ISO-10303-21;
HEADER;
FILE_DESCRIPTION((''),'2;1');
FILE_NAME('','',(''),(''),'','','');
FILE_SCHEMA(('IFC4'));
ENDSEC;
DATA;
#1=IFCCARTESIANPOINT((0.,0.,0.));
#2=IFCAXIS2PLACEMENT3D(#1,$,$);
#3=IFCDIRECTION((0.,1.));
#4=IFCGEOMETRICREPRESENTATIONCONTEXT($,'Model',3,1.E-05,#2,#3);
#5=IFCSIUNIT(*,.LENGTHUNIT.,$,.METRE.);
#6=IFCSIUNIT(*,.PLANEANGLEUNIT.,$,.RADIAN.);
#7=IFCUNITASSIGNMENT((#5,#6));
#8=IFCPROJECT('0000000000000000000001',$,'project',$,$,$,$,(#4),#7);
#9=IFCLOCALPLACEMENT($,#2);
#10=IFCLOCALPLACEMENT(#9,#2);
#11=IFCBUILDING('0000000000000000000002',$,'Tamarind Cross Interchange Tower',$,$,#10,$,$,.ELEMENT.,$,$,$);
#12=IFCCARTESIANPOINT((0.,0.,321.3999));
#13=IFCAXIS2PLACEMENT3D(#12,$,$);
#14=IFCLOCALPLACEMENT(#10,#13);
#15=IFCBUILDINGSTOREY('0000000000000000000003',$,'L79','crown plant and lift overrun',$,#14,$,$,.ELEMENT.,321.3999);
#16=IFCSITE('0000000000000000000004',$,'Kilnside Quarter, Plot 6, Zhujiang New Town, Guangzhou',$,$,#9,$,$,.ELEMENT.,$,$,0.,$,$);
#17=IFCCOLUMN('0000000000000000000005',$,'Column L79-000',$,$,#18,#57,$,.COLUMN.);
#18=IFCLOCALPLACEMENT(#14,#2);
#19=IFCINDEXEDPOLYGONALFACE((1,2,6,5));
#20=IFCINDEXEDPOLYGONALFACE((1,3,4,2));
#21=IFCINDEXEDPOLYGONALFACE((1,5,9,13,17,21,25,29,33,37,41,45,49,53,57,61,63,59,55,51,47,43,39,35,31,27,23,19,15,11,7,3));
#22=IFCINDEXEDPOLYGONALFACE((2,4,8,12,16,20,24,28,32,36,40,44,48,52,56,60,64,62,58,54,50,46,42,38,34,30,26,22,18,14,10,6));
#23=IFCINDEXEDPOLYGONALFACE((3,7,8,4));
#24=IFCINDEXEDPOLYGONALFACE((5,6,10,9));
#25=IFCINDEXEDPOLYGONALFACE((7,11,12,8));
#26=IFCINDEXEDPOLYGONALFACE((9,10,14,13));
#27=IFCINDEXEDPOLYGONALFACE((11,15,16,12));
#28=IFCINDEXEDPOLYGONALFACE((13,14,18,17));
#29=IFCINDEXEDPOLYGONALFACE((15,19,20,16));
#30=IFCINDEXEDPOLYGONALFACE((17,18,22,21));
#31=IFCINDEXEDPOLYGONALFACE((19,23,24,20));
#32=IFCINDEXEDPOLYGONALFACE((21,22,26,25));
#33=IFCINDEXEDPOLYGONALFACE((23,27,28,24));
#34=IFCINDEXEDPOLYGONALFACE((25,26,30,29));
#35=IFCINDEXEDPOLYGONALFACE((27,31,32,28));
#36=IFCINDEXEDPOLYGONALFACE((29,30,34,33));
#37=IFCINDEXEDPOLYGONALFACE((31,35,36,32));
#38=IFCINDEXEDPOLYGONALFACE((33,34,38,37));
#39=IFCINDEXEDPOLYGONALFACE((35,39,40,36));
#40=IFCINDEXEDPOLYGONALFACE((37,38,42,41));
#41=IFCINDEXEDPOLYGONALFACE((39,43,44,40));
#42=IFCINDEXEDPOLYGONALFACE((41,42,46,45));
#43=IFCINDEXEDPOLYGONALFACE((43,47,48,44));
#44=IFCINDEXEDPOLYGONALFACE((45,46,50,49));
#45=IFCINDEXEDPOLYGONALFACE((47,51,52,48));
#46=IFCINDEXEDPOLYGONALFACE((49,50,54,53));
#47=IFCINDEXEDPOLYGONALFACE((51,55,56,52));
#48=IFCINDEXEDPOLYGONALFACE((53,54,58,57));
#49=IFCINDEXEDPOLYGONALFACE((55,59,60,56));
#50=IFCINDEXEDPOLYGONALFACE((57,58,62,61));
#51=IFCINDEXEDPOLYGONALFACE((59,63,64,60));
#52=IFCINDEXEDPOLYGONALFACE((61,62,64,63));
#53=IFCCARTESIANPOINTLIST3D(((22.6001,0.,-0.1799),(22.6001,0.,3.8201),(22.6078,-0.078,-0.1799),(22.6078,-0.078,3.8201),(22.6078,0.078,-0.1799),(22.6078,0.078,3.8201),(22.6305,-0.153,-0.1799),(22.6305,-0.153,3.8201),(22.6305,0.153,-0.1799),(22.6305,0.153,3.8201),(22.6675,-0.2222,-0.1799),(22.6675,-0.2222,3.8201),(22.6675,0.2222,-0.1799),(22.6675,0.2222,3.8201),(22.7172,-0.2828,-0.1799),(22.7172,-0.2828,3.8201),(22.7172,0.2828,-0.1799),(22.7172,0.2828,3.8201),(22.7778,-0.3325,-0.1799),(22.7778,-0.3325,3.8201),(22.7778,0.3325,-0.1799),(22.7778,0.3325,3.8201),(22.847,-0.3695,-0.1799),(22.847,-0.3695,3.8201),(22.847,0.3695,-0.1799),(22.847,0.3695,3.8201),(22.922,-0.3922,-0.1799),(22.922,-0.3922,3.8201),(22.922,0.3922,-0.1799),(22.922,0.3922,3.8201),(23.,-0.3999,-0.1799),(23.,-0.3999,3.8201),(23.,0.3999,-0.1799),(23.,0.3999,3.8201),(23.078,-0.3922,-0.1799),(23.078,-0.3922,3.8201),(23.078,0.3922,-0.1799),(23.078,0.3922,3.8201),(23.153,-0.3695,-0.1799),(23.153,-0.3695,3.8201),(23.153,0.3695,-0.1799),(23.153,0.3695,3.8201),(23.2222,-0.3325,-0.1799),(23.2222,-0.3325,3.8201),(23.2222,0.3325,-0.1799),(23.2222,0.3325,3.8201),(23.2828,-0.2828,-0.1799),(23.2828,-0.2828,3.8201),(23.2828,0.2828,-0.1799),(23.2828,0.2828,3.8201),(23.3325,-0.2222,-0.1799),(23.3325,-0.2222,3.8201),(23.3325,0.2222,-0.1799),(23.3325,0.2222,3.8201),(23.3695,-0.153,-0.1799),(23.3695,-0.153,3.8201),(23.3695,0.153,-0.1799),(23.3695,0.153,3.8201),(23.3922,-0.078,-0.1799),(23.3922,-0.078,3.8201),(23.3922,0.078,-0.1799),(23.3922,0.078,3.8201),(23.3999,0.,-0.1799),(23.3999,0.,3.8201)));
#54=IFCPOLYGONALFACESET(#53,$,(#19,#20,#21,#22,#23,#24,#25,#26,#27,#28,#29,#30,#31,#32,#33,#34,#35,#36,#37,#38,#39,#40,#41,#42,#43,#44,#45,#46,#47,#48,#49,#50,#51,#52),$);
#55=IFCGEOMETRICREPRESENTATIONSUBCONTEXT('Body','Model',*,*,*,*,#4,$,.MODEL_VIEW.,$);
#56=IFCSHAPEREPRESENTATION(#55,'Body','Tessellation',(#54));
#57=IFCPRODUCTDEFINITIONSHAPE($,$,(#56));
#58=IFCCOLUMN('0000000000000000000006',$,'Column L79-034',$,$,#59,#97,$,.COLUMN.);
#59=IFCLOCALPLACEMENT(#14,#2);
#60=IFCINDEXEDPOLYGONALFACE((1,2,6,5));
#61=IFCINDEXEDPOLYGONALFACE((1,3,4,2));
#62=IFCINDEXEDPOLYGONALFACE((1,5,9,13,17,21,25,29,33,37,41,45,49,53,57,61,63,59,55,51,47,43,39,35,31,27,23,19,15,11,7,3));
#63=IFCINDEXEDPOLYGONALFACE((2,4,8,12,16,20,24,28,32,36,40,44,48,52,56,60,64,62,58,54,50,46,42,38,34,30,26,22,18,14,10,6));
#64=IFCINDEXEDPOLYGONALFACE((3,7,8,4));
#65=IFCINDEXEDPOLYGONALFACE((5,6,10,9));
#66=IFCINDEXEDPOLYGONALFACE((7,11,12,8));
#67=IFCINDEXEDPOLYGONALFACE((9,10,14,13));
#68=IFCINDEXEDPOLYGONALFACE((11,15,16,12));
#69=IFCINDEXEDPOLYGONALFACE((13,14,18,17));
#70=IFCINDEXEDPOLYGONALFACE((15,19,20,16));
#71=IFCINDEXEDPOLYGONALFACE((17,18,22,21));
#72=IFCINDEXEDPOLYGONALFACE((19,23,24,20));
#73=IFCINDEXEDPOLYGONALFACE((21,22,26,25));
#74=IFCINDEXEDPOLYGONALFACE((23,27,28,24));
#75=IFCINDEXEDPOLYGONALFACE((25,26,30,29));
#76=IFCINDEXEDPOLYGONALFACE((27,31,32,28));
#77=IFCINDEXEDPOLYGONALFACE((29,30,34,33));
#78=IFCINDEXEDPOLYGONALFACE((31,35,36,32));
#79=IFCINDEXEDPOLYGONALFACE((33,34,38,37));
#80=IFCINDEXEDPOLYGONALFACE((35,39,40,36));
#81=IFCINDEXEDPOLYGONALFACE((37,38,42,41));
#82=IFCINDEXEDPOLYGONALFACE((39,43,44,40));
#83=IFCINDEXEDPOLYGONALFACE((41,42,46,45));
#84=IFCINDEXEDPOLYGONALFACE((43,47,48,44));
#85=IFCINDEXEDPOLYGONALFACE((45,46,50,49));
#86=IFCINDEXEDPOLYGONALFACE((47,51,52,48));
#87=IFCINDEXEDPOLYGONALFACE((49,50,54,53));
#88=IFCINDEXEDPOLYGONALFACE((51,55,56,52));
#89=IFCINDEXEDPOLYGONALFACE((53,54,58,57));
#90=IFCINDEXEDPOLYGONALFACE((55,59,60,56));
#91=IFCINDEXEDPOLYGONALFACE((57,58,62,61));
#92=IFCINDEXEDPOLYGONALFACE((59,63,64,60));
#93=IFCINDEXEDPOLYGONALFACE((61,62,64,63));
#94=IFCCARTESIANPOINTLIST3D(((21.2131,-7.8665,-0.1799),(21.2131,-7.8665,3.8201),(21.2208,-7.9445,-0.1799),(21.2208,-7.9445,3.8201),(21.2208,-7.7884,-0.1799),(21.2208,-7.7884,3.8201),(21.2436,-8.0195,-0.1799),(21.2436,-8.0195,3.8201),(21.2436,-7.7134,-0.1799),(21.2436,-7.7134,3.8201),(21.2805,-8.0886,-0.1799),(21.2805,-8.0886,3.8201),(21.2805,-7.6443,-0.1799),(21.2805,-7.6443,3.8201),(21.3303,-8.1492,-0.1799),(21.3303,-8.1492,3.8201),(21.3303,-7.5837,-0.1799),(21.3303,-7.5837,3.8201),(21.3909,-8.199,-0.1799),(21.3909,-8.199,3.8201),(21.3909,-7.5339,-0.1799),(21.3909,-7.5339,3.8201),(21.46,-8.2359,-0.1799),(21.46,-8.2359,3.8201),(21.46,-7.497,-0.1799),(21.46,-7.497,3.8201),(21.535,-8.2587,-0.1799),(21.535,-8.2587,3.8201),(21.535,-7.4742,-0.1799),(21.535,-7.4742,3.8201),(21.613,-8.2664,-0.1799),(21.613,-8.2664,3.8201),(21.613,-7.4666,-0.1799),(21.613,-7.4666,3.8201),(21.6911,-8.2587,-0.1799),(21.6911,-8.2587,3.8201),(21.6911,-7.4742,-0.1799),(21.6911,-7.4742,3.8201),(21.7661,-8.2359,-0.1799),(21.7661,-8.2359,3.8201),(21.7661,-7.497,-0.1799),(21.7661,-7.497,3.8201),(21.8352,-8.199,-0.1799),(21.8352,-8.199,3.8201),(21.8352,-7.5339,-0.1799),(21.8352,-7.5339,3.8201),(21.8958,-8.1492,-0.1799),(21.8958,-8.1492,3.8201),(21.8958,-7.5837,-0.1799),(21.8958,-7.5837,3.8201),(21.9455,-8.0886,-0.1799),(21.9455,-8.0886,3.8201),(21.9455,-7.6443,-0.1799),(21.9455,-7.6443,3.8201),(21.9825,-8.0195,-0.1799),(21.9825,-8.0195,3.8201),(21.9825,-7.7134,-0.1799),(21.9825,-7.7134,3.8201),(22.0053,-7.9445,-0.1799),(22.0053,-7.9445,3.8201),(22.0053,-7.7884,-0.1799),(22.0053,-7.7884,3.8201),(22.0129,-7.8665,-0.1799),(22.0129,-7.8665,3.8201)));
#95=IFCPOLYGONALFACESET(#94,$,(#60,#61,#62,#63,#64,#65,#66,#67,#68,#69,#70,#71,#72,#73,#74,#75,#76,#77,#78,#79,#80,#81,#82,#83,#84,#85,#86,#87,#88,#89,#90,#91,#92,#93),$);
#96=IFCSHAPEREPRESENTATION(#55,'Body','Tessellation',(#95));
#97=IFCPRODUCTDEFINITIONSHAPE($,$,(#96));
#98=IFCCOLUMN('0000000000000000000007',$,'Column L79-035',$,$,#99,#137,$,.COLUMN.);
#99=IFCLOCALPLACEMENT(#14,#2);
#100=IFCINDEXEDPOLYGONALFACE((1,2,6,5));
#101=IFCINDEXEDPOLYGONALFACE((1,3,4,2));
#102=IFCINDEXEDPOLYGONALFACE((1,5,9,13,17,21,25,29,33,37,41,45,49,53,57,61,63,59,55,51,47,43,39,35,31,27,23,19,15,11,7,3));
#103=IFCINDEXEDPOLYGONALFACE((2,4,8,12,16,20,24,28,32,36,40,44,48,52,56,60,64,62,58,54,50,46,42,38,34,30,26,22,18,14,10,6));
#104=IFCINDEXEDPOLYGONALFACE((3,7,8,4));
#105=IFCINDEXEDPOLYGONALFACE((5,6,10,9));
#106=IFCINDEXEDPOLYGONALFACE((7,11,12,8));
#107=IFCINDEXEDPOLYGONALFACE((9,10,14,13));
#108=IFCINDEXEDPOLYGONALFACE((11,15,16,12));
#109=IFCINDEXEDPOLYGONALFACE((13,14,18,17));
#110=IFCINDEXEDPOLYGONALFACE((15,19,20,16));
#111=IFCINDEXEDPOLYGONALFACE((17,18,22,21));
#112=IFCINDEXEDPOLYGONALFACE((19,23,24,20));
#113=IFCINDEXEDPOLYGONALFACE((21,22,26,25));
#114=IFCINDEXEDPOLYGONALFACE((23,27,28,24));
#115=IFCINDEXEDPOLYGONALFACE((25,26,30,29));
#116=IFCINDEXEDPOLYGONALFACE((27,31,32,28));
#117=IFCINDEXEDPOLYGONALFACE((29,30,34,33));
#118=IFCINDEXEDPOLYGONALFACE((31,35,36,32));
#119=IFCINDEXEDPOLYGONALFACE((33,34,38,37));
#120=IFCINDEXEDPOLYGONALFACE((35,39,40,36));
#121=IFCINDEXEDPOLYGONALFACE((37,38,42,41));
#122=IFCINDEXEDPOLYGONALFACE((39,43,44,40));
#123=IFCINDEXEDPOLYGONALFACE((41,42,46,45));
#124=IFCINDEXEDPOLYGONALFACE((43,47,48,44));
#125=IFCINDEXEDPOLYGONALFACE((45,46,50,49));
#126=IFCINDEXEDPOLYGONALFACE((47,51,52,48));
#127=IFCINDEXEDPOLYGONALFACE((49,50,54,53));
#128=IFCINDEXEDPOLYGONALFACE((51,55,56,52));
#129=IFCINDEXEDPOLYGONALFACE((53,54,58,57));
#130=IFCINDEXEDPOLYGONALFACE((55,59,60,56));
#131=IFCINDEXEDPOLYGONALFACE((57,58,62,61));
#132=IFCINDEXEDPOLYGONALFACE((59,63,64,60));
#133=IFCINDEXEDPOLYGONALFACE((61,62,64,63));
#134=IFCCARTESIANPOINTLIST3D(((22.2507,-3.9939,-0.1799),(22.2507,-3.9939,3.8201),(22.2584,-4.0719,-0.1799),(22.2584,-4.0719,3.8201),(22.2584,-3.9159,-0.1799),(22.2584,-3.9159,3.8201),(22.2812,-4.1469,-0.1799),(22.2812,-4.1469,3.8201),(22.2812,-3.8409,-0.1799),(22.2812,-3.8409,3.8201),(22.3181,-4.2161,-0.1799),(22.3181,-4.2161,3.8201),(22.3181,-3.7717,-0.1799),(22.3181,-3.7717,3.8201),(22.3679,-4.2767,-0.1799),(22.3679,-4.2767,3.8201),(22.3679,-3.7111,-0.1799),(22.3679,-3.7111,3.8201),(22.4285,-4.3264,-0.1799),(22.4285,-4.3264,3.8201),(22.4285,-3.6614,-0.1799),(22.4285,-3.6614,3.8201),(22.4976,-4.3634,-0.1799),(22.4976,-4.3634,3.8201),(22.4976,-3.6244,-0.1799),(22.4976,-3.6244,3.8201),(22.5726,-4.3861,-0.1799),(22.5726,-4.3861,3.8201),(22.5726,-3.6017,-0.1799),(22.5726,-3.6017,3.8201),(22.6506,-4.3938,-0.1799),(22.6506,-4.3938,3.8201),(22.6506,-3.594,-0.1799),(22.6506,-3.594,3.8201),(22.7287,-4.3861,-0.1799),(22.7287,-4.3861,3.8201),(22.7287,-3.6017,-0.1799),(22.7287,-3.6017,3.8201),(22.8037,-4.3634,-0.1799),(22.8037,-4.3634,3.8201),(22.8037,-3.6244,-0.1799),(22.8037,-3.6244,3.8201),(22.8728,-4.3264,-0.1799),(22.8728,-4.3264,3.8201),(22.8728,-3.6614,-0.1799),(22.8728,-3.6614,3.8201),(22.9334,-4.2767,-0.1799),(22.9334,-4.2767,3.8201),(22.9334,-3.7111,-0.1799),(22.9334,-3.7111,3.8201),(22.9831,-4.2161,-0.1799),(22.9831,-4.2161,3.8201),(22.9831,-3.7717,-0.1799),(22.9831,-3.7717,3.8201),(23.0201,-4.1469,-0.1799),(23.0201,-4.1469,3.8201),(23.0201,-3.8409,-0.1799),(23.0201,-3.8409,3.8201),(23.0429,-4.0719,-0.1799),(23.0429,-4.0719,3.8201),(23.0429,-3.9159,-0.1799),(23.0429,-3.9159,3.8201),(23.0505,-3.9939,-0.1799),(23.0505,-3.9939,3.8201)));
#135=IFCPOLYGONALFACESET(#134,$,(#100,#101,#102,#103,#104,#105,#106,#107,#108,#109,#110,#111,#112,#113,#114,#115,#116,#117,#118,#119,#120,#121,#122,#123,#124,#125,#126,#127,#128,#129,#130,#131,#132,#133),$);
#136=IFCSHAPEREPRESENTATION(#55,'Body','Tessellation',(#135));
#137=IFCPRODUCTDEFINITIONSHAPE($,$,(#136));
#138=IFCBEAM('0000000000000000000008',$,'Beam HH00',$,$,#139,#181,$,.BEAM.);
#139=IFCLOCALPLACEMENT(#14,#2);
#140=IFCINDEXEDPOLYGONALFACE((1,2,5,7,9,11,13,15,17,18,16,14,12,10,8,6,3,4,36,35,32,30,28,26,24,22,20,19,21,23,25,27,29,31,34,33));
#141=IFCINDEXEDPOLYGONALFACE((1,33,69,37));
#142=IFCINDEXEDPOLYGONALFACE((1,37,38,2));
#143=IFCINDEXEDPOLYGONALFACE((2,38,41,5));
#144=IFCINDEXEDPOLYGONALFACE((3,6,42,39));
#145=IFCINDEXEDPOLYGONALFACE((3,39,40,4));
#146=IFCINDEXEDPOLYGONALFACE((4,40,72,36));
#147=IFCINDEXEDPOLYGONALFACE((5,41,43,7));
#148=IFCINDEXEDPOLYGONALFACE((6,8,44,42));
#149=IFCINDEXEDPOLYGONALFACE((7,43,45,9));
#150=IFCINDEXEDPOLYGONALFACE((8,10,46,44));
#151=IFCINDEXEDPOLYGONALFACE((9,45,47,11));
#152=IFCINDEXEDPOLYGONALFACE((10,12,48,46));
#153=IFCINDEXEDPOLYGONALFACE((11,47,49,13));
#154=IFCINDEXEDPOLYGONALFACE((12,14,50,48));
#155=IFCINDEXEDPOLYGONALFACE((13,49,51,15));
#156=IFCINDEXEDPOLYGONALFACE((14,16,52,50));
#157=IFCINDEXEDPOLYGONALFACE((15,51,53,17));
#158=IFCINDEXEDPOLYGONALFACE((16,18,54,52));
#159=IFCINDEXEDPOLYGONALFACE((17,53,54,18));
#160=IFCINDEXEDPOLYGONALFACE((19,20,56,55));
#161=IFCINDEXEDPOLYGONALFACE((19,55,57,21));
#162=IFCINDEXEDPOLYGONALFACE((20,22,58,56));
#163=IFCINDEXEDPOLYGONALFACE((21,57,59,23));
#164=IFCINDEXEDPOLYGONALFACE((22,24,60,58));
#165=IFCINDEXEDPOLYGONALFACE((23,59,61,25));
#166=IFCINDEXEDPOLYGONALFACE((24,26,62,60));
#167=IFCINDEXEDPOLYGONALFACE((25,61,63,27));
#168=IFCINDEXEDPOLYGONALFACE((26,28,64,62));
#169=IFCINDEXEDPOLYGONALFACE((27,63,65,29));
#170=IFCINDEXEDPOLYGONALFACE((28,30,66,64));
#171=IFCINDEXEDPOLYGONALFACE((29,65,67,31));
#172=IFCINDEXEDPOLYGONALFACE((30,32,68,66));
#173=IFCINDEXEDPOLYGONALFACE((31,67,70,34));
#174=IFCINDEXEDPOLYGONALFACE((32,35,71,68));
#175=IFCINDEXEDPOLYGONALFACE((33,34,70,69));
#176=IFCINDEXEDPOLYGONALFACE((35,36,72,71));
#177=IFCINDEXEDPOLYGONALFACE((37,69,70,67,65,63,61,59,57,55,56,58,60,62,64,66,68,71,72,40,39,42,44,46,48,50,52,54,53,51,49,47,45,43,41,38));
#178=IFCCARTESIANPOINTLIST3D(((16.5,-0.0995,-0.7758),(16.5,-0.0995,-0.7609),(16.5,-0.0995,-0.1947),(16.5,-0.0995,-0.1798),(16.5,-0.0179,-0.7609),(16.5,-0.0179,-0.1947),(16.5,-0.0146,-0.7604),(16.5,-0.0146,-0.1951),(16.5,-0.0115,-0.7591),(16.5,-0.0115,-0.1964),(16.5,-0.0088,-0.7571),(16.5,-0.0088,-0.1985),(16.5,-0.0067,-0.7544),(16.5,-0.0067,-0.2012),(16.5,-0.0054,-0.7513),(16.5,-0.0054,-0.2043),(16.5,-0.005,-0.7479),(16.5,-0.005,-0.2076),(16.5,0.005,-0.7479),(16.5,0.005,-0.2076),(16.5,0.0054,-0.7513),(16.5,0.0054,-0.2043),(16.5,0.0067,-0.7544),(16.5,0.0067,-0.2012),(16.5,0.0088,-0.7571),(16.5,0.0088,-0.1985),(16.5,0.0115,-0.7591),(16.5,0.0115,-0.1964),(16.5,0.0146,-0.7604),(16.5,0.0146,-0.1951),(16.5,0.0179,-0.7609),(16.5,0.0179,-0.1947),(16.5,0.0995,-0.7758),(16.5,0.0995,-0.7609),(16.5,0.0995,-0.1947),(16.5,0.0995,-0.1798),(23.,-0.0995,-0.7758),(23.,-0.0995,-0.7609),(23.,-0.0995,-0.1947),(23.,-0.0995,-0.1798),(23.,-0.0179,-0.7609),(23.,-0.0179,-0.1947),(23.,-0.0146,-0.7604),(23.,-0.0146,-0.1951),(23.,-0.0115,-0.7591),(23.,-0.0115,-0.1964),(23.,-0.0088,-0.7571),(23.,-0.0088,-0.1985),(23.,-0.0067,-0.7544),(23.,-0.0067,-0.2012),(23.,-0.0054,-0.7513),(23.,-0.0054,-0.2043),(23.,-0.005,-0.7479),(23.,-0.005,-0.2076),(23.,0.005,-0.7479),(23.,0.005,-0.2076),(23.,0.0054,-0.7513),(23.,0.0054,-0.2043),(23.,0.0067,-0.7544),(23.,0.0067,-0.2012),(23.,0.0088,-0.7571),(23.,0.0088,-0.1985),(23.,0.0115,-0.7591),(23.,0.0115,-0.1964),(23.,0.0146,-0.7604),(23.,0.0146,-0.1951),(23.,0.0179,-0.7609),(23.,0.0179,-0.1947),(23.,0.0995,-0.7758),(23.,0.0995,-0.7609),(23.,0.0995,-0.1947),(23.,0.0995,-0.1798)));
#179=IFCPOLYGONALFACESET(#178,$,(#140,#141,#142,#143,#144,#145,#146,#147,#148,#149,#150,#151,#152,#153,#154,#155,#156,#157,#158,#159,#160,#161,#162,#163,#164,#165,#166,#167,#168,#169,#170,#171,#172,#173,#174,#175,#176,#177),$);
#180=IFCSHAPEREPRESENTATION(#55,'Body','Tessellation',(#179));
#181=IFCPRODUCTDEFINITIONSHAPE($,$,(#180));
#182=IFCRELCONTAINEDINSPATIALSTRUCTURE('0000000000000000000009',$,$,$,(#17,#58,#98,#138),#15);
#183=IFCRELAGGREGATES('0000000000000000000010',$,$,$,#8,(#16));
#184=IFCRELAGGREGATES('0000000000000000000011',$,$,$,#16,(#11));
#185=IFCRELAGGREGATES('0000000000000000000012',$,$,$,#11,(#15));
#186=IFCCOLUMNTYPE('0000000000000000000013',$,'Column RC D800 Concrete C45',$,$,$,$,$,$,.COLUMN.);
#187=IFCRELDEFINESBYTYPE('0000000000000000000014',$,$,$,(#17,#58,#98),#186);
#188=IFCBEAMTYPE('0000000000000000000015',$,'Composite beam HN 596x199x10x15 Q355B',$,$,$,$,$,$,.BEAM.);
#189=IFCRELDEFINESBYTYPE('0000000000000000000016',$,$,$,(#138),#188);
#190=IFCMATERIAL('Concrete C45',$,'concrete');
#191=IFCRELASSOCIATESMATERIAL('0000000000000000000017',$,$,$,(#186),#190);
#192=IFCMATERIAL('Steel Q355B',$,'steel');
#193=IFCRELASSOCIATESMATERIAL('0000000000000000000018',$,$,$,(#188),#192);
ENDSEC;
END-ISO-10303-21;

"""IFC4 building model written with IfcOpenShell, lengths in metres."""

from ifc_helpers import new_model, si_unit, direction, frame, origin, origin_2d, place, context, subcontext, project, spatial, circle, i_section, extrude, material, material_profile, profile_set, type_object, element, save


model = new_model("IFC4")

# Units and contexts
model_context = context("Model", 3, precision=1e-05, world=origin(), true_north=direction((0.0, 1.0)))
body_context = subcontext(model_context, "Body", "Model", "MODEL_VIEW")
ifc_project = project(units=[si_unit("LENGTHUNIT", "METRE"), si_unit("PLANEANGLEUNIT", "RADIAN")], contexts=[model_context])

# Site, building, storey
site_placement = place(None, origin())
site = spatial("IfcSite", under=ifc_project, at=site_placement, Name="Kilnside Quarter, Plot 6, Zhujiang New Town, Guangzhou", CompositionType="ELEMENT", RefElevation=0.0)
building_placement = place(site_placement, origin())
building = spatial("IfcBuilding", under=site, at=building_placement, Name="Tamarind Cross Interchange Tower", CompositionType="ELEMENT")
storey_placement = place(building_placement, frame((0.0, 0.0, 321.3999)))
storey = spatial("IfcBuildingStorey", under=building, at=storey_placement, Name="L79", Description="crown plant and lift overrun", CompositionType="ELEMENT", Elevation=321.3999)

# Columns
ifc_material_1 = material(Name="Concrete C45", Category="concrete")
ifc_material_profile_1 = material_profile(ifc_material_1, circle(Radius=0.3999, at=origin_2d()), Name="RC D800")
ifc_profile_set_1 = profile_set([ifc_material_profile_1], Name="Concrete C45")
column_type = type_object("IfcColumnType", Name="Column RC D800 Concrete C45", PredefinedType="COLUMN", material=ifc_profile_set_1)
for number, where, z_axis, x_axis, name in (
    (1, (23.0, 0.0, -0.1799), (0.0, 0.0, 1.0), (1.0, 0.0, 0.0), "Column L79-000"),
    (2, (21.613, -7.8665, -0.1799), (0.0, 0.0, 1.0), (1.0, 0.0, 0.0), "Column L79-034"),
    (3, (22.6506, -3.9939, -0.1799), (0.0, 0.0, 1.0), (1.0, 0.0, 0.0), "Column L79-035"),
):
    element("IfcColumn", number, at=place(storey_placement, frame(where, z_axis=z_axis, x_axis=x_axis)), inside=storey, type_object=column_type, Name=name, PredefinedType="COLUMN", context=body_context, shape_type="SweptSolid", body=[
        extrude(circle(Radius=0.3999, at=origin_2d()), origin(), (0.0, 0.0, 1.0), 4.0),
    ])

# Beam
ifc_material_2 = material(Name="Steel Q355B", Category="steel")
ifc_material_profile_2 = material_profile(ifc_material_2, i_section(OverallWidth=0.199, OverallDepth=0.5959, WebThickness=0.01, FlangeThickness=0.0149, FilletRadius=0.0129, at=origin_2d()), Name="HN 596x199x10x15")
ifc_profile_set_2 = profile_set([ifc_material_profile_2], Name="Steel Q355B")
beam_type = type_object("IfcBeamType", Name="Composite beam HN 596x199x10x15 Q355B", PredefinedType="BEAM", material=ifc_profile_set_2)
beam_1_placement = place(storey_placement, frame((23.0, 0.0, -0.4778), z_axis=(-1.0, 0.0, 0.0), x_axis=(0.0, -1.0, 0.0)))
element("IfcBeam", 4, at=beam_1_placement, inside=storey, type_object=beam_type, Name="Beam HH00", PredefinedType="BEAM", context=body_context, shape_type="SweptSolid", body=[
    extrude(i_section(OverallWidth=0.199, OverallDepth=0.5959, WebThickness=0.01, FlangeThickness=0.0149, FilletRadius=0.0129, at=origin_2d()), origin(), (0.0, 0.0, 1.0), 6.5),
])

save(model, "model.ifc")
